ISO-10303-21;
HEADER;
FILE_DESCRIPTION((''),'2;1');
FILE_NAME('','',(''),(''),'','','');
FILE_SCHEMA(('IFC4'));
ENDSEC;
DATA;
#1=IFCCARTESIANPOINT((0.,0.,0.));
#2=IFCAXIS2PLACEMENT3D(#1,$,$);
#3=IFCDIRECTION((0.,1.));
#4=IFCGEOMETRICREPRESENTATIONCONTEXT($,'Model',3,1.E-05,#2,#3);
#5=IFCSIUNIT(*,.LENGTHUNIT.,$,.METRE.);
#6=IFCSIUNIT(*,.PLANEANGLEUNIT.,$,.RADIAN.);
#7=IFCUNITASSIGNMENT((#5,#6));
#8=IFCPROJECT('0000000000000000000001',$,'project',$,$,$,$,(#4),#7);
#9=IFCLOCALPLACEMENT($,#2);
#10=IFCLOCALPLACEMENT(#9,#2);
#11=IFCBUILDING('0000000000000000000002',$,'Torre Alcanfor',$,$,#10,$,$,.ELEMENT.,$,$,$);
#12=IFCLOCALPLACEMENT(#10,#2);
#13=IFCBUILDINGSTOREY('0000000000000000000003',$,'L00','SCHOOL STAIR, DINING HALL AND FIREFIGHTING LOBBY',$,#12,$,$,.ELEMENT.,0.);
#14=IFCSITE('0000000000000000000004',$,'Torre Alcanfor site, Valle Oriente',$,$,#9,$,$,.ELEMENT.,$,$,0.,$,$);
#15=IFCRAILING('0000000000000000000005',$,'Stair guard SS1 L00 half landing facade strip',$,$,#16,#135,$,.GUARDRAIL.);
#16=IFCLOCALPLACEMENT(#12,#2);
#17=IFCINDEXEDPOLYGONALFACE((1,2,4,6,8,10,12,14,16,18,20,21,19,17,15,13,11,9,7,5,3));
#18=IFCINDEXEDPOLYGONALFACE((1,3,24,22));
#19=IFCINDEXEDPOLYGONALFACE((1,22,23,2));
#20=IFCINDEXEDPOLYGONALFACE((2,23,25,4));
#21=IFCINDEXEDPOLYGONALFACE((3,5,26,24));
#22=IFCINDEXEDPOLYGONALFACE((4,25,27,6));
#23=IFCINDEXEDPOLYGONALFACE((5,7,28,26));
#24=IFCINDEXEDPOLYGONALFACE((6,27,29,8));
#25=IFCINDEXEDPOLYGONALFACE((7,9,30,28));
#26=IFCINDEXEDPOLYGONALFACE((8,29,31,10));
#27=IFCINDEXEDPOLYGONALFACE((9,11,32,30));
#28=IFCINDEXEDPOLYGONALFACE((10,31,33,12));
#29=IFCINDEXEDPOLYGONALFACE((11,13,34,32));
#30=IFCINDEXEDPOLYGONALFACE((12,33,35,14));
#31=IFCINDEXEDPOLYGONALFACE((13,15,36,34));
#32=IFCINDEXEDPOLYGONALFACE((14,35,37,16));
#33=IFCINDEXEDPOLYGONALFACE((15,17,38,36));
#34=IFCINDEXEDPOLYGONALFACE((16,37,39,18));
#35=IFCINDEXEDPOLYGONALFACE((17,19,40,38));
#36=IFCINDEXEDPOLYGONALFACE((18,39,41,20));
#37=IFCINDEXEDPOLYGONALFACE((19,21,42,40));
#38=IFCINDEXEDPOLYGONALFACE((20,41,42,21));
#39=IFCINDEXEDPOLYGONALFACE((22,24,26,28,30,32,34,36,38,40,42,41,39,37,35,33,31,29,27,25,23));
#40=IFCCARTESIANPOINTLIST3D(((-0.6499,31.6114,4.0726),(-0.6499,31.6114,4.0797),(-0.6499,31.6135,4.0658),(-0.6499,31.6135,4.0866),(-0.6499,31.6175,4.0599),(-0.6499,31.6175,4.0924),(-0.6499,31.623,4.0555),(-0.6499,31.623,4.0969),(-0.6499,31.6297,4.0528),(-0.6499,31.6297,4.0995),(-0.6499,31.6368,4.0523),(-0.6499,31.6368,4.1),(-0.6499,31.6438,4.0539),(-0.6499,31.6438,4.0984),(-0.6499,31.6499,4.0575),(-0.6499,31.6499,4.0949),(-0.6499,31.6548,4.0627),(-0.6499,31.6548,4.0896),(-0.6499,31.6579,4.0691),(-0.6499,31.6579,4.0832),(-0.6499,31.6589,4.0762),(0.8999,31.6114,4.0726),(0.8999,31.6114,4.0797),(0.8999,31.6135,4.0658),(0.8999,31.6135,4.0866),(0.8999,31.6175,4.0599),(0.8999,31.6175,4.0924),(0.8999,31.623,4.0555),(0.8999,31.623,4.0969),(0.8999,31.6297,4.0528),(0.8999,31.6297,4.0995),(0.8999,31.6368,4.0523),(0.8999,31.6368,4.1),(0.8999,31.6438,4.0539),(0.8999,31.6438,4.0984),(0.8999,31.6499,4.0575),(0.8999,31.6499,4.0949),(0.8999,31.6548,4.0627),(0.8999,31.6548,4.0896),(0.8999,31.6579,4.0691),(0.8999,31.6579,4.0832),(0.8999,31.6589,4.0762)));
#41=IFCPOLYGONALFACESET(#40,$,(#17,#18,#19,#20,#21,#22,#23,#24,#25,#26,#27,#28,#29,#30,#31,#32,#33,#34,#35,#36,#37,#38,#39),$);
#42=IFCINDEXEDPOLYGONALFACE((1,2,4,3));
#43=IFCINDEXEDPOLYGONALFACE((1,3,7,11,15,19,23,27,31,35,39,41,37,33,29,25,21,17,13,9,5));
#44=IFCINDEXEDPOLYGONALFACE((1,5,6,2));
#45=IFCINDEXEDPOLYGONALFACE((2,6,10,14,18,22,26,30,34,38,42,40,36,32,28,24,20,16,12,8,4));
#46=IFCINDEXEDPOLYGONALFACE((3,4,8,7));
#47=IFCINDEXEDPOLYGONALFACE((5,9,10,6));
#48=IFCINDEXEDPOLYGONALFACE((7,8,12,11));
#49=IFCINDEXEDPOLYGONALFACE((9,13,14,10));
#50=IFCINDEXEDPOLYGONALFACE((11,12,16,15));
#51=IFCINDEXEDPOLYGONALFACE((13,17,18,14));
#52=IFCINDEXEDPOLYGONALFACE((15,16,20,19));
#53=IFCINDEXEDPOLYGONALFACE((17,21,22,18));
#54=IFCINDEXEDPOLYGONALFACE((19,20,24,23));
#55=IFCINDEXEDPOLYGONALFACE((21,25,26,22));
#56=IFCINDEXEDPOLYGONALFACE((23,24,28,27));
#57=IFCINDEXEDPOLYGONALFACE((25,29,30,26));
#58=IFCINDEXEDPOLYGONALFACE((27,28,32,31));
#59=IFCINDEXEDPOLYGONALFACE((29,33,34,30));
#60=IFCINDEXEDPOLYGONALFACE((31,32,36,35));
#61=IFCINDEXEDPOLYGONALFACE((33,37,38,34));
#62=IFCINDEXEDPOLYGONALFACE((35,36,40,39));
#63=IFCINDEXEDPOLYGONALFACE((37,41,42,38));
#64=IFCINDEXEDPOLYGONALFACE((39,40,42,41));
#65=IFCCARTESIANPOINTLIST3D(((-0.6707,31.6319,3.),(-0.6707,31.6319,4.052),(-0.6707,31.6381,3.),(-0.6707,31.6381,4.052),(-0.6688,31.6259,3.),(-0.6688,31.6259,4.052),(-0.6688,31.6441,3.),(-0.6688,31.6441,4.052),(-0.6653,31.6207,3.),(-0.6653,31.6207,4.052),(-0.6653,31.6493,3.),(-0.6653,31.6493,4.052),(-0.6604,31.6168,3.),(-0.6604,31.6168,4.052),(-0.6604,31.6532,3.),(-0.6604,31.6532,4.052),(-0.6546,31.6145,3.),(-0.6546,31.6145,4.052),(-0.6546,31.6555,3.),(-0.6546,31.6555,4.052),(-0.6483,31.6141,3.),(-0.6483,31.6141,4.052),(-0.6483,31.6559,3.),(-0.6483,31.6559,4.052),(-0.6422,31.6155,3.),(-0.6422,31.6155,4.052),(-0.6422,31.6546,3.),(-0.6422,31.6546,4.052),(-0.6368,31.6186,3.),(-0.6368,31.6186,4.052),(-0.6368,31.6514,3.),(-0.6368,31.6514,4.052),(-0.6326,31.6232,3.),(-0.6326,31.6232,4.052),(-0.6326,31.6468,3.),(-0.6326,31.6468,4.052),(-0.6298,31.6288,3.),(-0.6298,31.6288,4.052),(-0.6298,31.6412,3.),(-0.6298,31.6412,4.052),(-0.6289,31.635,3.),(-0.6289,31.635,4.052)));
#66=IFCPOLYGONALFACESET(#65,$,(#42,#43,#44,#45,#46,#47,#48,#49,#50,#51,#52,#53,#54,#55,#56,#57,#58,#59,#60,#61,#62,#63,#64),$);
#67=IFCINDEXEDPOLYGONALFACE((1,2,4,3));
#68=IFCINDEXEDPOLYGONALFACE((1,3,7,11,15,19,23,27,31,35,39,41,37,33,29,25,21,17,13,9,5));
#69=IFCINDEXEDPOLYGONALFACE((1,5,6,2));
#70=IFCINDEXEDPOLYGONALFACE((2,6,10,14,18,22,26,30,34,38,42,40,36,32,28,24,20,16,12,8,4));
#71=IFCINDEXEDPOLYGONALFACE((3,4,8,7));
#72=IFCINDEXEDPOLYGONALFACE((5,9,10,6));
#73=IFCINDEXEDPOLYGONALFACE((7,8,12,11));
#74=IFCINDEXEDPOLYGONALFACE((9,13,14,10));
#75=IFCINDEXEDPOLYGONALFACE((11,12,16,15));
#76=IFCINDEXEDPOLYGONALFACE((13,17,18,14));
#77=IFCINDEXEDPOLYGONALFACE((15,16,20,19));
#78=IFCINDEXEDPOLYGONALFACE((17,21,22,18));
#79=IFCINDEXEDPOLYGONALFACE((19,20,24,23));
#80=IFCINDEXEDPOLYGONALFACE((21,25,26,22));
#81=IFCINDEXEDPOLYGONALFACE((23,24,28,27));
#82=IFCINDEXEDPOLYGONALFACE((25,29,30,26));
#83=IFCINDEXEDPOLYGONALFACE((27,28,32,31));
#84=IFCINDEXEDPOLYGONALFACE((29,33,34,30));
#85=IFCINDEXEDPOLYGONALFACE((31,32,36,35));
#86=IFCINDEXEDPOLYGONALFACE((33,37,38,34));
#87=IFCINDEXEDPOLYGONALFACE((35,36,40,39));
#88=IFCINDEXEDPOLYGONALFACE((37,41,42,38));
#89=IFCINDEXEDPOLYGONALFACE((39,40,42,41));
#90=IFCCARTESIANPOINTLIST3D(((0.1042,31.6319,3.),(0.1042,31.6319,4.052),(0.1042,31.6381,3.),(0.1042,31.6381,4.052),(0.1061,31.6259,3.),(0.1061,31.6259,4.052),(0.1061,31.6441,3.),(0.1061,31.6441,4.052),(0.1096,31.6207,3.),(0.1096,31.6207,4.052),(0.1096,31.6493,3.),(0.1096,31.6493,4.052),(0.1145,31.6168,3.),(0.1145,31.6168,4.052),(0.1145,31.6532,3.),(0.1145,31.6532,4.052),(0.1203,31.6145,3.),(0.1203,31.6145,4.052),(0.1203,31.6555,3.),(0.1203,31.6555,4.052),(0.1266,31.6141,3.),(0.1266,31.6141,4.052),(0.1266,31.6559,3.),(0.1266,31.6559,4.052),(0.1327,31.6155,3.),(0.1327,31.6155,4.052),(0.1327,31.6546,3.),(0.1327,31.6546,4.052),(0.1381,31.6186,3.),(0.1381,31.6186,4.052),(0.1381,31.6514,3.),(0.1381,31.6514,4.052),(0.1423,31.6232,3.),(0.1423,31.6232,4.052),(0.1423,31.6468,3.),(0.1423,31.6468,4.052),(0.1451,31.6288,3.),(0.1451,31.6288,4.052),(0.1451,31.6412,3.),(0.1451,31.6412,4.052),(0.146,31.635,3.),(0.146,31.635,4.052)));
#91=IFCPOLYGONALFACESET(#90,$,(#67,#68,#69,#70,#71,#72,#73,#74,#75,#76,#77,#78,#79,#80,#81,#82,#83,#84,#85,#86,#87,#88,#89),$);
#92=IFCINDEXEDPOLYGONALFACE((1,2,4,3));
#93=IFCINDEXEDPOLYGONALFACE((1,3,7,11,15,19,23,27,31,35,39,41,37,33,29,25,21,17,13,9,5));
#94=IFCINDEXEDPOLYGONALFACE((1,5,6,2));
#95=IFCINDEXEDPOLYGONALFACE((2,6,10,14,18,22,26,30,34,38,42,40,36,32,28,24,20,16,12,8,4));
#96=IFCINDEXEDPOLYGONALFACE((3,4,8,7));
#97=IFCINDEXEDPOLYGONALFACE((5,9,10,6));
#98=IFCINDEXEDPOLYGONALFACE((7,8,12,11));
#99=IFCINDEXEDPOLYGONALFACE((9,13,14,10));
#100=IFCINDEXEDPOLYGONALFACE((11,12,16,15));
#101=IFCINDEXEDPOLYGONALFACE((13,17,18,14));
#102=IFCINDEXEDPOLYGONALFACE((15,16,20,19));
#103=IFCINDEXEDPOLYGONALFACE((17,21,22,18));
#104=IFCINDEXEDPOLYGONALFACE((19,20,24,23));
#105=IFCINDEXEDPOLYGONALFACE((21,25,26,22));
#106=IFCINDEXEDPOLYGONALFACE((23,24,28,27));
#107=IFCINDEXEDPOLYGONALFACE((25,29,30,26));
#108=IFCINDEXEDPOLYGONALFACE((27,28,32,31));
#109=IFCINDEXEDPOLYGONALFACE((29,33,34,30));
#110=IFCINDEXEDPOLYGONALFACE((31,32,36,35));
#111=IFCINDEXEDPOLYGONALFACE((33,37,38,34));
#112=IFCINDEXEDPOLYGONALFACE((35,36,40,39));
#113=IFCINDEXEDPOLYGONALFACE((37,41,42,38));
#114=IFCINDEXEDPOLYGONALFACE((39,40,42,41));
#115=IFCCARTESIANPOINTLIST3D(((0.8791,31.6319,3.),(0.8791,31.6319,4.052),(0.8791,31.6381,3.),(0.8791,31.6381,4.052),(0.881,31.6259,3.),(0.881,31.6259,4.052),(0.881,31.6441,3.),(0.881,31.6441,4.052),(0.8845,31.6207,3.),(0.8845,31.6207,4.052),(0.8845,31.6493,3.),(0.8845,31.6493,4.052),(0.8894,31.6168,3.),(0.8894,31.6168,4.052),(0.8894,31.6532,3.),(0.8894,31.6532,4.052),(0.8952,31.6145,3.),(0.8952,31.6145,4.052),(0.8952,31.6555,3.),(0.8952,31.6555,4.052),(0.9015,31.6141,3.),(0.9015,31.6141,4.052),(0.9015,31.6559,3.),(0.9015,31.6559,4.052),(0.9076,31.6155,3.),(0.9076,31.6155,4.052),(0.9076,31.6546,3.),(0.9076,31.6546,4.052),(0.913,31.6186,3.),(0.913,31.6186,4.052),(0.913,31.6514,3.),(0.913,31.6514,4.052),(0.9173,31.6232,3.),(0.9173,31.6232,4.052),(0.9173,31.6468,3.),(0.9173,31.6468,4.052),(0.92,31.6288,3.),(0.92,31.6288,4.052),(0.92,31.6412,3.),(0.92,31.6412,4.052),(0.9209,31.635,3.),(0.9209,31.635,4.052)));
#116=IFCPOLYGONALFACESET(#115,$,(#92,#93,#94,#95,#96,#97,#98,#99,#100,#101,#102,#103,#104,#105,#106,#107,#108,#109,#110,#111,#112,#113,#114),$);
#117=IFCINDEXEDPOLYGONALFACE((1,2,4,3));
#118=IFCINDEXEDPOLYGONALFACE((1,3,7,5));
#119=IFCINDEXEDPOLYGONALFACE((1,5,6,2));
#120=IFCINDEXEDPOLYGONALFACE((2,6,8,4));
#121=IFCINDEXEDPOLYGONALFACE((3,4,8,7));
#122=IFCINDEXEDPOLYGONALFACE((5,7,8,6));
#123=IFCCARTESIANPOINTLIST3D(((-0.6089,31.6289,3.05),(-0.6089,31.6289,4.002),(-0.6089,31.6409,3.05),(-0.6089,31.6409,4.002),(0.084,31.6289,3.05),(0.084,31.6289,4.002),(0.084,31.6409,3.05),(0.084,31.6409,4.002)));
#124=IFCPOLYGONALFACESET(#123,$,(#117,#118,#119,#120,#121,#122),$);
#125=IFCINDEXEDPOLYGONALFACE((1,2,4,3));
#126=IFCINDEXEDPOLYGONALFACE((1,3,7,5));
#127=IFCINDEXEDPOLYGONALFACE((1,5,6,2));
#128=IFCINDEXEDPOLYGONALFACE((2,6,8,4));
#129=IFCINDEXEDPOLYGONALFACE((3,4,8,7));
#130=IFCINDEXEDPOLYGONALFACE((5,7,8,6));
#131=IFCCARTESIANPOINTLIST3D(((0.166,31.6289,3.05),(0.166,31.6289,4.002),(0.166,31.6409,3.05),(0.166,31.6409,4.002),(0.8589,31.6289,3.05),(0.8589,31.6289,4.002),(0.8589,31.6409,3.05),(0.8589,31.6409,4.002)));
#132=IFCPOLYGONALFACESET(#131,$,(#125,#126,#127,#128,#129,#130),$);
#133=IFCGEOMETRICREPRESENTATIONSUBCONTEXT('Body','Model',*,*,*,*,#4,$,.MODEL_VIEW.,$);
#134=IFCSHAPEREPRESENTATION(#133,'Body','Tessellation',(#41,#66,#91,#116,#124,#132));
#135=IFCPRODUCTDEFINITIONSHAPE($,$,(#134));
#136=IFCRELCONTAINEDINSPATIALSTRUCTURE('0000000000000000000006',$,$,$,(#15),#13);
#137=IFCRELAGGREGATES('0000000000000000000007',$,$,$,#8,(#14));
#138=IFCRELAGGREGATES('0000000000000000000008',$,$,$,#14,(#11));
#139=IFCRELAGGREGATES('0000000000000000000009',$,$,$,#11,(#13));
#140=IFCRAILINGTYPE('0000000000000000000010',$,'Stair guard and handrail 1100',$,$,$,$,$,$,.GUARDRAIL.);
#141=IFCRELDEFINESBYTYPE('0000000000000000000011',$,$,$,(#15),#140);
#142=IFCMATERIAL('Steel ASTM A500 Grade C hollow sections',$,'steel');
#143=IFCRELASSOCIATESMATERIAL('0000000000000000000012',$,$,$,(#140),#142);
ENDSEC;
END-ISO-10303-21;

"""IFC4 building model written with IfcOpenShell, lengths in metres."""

from ifc_helpers import new_model, si_unit, direction, frame, origin, origin_2d, place, context, subcontext, project, spatial, polyline, circle, outline, extrude, material, type_object, element, save


model = new_model("IFC4")

# Units and contexts
model_context = context("Model", 3, precision=1e-05, world=origin(), true_north=direction((0.0, 1.0)))
body_context = subcontext(model_context, "Body", "Model", "MODEL_VIEW")
ifc_project = project(units=[si_unit("LENGTHUNIT", "METRE"), si_unit("PLANEANGLEUNIT", "RADIAN")], contexts=[model_context])

# Site, building, storey
site_placement = place(None, origin())
site = spatial("IfcSite", under=ifc_project, at=site_placement, Name="Torre Alcanfor site, Valle Oriente", CompositionType="ELEMENT", RefElevation=0.0)
building_placement = place(site_placement, origin())
building = spatial("IfcBuilding", under=site, at=building_placement, Name="Torre Alcanfor", CompositionType="ELEMENT")
storey_placement = place(building_placement, origin())
storey = spatial("IfcBuildingStorey", under=building, at=storey_placement, Name="L00", Description="SCHOOL STAIR, DINING HALL AND FIREFIGHTING LOBBY", CompositionType="ELEMENT", Elevation=0.0)

# Railing
ifc_material_1 = material(Name="Steel ASTM A500 Grade C hollow sections", Category="steel")
railing_type_1 = type_object("IfcRailingType", Name="Stair guard and handrail 1100", PredefinedType="GUARDRAIL", material=ifc_material_1)
railing_1_placement = place(storey_placement, frame((-0.6499, 31.635, 3.0)))
element("IfcRailing", 1, at=railing_1_placement, inside=storey, type_object=railing_type_1, Name="Stair guard SS1 L00 half landing facade strip", PredefinedType="GUARDRAIL", context=body_context, shape_type="SweptSolid", body=[
    extrude(circle(Radius=0.0239, at=origin_2d()), frame((0.0, 0.0, 1.0762), z_axis=(1.0, 0.0, 0.0), x_axis=(0.0, 1.0, 0.0)), (0.0, 0.0, 1.0), 1.5498),
    extrude(circle(Radius=0.021, at=origin_2d()), origin(), (0.0, 0.0, 1.0), 1.052),
    extrude(circle(Radius=0.021, at=origin_2d()), frame((0.7749, 0.0, 0.0)), (0.0, 0.0, 1.0), 1.052),
    extrude(circle(Radius=0.021, at=origin_2d()), frame((1.5498, 0.0, 0.0)), (0.0, 0.0, 1.0), 1.052),
    extrude(outline(polyline([(0.041, 0.05), (0.7339, 0.05), (0.7339, 1.002), (0.041, 1.002), (0.041, 0.05)])), frame((0.0, 0.0059, 0.0), z_axis=(0.0, -1.0, 0.0), x_axis=(1.0, 0.0, 0.0)), (0.0, 0.0, 1.0), 0.012),
    extrude(outline(polyline([(0.8159, 0.05), (1.5088, 0.05), (1.5088, 1.002), (0.8159, 1.002), (0.8159, 0.05)])), frame((0.0, 0.0059, 0.0), z_axis=(0.0, -1.0, 0.0), x_axis=(1.0, 0.0, 0.0)), (0.0, 0.0, 1.0), 0.012),
])

save(model, "model.ifc")
